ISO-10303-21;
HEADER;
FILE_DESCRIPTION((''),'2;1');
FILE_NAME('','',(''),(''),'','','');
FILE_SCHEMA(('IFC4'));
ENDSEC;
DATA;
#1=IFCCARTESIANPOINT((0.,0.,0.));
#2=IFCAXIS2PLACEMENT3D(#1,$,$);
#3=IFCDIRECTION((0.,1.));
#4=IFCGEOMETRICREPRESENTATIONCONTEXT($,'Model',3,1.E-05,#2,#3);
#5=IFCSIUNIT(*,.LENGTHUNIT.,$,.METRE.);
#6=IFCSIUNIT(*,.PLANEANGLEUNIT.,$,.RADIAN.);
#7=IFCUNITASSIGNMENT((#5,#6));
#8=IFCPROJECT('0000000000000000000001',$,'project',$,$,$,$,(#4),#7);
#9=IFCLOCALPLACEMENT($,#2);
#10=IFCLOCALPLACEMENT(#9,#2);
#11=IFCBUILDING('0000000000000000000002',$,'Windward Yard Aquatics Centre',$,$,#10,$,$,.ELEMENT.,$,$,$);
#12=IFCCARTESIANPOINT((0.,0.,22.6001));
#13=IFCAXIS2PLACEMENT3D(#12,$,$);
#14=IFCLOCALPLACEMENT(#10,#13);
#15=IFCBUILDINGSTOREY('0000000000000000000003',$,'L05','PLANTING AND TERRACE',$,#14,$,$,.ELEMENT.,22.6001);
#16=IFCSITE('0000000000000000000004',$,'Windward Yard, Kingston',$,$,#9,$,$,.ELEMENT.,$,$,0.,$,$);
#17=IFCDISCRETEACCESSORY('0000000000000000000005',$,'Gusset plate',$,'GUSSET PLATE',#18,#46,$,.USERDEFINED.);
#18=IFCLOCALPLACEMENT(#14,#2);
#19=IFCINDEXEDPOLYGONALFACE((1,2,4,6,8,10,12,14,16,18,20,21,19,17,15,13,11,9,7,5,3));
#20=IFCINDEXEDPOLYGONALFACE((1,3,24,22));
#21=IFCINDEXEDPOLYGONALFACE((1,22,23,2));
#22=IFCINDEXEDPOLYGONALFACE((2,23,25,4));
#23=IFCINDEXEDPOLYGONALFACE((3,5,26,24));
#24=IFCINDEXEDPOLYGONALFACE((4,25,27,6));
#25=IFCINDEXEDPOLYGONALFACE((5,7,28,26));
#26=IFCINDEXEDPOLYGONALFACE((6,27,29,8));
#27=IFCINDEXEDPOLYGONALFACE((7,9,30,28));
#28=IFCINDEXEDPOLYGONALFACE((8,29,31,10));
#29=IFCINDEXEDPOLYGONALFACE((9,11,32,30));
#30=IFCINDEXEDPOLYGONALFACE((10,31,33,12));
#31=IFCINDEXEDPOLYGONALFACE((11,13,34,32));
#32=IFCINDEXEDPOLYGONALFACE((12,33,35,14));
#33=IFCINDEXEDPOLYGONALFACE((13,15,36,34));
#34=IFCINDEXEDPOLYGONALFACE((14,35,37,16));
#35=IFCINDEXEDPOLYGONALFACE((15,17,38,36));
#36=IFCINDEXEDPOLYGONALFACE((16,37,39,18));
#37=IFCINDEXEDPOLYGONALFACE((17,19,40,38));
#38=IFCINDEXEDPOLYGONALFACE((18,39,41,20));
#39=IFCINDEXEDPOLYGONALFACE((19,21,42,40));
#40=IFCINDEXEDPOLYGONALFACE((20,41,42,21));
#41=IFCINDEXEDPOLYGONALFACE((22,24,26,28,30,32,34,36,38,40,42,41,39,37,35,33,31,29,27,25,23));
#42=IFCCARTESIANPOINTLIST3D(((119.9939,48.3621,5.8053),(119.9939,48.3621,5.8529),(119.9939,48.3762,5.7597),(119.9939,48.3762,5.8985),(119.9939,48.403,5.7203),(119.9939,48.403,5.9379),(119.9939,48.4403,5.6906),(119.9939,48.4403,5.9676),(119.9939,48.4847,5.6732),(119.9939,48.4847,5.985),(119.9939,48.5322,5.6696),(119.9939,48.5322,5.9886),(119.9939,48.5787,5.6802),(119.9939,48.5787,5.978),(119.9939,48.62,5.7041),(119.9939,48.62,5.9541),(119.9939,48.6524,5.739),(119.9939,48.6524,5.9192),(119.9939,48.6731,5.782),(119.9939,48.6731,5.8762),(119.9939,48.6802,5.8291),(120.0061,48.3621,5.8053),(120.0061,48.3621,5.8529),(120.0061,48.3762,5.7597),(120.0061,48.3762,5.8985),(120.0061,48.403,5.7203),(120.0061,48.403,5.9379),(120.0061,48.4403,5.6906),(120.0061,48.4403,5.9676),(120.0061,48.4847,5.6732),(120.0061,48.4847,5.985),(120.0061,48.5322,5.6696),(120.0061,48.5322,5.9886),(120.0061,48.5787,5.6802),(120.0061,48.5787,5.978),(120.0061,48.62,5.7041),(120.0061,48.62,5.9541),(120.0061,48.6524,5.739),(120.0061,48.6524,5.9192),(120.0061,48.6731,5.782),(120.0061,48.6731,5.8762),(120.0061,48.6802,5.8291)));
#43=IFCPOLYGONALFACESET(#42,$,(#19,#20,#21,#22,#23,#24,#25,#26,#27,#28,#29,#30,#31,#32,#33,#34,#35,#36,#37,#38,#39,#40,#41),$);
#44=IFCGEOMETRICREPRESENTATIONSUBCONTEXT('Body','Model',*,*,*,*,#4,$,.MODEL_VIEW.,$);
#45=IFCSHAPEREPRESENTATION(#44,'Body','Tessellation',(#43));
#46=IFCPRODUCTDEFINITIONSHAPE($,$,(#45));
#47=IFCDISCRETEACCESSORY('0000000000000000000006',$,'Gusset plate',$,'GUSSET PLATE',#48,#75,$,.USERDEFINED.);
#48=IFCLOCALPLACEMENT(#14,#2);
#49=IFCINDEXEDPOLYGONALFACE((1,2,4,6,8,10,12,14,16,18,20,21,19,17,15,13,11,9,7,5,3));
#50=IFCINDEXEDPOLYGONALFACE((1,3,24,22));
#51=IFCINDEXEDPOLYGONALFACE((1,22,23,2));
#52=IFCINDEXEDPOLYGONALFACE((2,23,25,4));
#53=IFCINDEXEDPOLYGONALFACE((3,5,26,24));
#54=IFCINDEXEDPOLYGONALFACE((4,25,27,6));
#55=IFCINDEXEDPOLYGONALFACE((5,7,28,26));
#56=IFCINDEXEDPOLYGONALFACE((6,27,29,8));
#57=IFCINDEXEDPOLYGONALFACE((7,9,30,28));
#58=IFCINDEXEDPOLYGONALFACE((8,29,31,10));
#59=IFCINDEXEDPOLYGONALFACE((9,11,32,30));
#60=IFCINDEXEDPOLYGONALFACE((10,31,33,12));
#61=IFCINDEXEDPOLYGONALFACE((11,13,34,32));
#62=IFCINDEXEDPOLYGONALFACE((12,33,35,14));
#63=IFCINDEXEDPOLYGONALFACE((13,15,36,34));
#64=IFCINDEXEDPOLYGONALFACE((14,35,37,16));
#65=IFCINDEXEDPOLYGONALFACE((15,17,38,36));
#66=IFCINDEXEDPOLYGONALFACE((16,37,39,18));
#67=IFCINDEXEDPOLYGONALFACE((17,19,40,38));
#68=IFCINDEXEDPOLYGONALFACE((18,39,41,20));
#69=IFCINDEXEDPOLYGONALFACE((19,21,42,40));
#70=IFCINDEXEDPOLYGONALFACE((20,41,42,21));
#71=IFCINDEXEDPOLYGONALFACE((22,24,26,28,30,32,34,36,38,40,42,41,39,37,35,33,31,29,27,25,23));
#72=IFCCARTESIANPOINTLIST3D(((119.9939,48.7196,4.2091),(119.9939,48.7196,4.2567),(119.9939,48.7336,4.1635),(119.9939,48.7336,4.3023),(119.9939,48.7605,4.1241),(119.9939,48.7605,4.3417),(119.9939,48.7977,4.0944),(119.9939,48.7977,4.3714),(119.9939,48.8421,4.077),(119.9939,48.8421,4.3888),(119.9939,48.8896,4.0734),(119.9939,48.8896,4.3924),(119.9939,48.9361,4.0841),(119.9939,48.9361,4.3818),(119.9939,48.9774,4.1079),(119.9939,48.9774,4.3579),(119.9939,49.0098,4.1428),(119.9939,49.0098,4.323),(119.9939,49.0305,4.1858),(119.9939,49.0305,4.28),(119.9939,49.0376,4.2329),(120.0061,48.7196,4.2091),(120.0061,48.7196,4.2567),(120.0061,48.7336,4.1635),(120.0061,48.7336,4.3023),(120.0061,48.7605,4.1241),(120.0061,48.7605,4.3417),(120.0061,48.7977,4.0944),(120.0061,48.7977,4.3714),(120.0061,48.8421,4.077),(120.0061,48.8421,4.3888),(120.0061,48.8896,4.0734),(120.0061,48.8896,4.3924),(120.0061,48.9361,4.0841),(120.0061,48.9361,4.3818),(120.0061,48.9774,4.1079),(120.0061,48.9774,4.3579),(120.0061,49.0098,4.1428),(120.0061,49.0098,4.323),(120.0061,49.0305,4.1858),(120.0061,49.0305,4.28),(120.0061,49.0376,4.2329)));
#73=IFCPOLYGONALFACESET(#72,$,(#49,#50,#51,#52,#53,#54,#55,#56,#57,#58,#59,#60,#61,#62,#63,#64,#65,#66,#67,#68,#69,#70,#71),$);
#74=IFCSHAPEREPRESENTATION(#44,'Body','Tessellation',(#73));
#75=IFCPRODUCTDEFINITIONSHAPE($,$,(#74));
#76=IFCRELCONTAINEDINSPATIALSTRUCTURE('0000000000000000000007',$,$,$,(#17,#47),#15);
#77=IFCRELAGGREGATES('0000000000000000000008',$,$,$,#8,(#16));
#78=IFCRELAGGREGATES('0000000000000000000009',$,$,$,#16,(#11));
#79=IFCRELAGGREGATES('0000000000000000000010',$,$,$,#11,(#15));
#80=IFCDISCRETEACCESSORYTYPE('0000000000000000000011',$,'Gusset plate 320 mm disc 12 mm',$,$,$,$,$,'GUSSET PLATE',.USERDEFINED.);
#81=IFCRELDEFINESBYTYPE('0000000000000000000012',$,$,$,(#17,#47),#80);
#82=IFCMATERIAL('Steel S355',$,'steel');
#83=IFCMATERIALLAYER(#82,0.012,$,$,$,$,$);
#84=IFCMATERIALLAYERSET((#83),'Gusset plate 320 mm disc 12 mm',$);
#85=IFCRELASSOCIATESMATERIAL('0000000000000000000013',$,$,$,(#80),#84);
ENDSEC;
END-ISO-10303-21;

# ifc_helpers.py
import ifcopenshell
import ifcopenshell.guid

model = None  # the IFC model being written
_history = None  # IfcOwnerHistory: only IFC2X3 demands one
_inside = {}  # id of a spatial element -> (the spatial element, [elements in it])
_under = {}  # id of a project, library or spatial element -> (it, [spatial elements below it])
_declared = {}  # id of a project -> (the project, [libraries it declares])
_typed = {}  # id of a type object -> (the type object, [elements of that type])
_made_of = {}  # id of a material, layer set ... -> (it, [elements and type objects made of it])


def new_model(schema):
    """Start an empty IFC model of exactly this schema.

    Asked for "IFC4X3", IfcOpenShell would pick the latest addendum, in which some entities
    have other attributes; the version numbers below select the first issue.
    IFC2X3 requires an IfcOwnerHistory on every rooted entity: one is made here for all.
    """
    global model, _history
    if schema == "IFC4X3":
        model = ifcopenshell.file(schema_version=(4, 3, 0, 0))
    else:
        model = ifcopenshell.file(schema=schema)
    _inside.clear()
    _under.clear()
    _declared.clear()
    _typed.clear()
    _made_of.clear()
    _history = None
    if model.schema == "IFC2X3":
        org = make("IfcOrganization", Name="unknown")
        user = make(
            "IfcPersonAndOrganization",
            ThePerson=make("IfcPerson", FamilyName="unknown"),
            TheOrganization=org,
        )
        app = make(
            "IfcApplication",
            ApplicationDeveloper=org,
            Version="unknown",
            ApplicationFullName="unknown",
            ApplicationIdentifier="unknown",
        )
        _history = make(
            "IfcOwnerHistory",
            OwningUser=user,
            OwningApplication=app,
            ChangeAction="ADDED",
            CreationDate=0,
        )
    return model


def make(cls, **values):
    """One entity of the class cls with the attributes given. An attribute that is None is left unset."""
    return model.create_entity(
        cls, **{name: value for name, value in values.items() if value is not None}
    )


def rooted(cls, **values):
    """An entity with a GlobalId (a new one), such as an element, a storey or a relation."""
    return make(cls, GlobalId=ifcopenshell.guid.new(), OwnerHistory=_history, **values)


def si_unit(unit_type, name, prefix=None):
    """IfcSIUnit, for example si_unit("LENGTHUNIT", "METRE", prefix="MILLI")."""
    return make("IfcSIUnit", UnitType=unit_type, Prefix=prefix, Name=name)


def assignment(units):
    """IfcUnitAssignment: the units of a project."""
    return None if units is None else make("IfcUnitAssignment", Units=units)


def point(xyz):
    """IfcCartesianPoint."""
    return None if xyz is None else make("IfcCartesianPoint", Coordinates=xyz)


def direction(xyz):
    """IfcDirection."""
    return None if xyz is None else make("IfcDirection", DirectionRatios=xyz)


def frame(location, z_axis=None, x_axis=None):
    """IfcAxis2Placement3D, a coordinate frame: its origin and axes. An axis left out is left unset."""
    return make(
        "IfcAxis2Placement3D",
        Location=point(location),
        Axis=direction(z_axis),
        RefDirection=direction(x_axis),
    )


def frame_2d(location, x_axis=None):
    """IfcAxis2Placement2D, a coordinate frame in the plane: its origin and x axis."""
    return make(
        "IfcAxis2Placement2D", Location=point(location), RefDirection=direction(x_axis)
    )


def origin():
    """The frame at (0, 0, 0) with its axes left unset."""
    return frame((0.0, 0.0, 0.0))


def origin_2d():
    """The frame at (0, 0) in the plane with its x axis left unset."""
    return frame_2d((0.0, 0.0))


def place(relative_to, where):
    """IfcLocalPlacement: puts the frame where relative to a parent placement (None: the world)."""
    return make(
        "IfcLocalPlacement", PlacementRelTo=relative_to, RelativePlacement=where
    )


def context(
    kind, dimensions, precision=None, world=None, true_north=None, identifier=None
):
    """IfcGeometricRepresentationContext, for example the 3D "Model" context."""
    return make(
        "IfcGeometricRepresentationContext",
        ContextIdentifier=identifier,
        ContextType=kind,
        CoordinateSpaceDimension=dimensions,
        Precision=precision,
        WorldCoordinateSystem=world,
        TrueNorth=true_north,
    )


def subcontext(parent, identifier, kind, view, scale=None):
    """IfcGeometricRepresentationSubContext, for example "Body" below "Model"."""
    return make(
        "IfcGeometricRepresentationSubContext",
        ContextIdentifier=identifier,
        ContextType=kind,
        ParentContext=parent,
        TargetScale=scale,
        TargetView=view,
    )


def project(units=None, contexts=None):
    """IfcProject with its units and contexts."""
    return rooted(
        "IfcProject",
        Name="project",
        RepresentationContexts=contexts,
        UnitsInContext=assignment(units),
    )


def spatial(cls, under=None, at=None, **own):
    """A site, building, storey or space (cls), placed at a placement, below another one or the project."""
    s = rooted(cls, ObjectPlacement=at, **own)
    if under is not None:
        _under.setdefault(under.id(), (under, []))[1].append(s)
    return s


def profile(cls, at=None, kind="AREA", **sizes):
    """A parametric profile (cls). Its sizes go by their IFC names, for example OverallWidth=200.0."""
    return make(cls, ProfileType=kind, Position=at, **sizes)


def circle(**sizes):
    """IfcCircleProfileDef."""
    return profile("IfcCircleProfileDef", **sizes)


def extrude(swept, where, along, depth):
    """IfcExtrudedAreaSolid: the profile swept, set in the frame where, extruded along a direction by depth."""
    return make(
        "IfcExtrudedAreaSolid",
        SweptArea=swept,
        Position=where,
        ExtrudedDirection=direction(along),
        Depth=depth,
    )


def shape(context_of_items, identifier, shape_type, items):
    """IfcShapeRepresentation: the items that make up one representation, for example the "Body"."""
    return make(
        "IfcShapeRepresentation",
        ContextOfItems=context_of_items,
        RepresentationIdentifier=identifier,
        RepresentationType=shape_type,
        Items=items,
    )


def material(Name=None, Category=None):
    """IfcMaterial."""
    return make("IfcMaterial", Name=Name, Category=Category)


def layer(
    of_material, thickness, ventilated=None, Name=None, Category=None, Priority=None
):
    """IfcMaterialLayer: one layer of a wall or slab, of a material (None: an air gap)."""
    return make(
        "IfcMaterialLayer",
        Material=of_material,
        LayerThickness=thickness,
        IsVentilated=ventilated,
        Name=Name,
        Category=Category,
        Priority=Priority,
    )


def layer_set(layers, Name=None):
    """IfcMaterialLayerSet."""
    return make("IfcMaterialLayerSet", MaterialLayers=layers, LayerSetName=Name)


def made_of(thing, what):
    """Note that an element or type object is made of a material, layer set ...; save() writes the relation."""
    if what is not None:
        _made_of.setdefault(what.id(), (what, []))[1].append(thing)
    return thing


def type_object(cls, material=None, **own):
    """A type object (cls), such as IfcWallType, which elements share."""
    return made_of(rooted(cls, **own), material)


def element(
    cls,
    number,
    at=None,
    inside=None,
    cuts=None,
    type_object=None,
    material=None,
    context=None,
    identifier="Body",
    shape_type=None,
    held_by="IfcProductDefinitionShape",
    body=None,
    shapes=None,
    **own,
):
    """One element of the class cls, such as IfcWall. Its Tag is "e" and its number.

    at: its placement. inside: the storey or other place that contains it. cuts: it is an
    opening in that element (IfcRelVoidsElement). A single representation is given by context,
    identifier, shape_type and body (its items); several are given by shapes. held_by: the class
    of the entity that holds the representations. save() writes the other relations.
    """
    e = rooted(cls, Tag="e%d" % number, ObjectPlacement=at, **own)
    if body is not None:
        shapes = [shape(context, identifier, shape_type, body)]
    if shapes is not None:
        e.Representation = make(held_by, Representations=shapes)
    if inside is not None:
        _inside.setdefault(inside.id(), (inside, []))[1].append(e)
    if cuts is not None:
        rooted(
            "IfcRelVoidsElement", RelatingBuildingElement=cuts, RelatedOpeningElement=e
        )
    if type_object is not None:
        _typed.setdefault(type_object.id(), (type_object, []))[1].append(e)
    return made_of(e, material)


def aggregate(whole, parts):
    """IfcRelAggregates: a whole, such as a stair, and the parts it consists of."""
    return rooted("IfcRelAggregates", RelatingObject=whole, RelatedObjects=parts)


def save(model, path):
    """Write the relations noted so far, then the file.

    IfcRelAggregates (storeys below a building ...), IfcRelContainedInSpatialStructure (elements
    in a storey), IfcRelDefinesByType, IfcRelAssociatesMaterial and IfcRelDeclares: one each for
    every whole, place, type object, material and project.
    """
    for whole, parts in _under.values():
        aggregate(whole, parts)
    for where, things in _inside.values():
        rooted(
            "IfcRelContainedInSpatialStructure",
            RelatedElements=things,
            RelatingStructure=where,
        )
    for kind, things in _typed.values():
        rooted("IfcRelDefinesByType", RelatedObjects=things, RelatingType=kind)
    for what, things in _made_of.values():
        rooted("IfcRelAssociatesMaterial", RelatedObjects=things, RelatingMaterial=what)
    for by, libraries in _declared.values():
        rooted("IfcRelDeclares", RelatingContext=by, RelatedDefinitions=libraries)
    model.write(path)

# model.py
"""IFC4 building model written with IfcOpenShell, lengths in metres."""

from ifc_helpers import new_model, si_unit, direction, frame, origin, origin_2d, place, context, subcontext, project, spatial, circle, extrude, material, layer, layer_set, type_object, element, save


model = new_model("IFC4")

# Units and contexts
model_context = context("Model", 3, precision=1e-05, world=origin(), true_north=direction((0.0, 1.0)))
body_context = subcontext(model_context, "Body", "Model", "MODEL_VIEW")
ifc_project = project(units=[si_unit("LENGTHUNIT", "METRE"), si_unit("PLANEANGLEUNIT", "RADIAN")], contexts=[model_context])

# Site, building, storey
site_placement = place(None, origin())
site = spatial("IfcSite", under=ifc_project, at=site_placement, Name="Windward Yard, Kingston", CompositionType="ELEMENT", RefElevation=0.0)
building_placement = place(site_placement, origin())
building = spatial("IfcBuilding", under=site, at=building_placement, Name="Windward Yard Aquatics Centre", CompositionType="ELEMENT")
storey_placement = place(building_placement, frame((0.0, 0.0, 22.6001)))
storey = spatial("IfcBuildingStorey", under=building, at=storey_placement, Name="L05", Description="PLANTING AND TERRACE", CompositionType="ELEMENT", Elevation=22.6001)

# Discrete accessories
ifc_material_1 = material(Name="Steel S355", Category="steel")
ifc_layer_1 = layer(ifc_material_1, 0.012)
ifc_layer_set_1 = layer_set([ifc_layer_1], Name="Gusset plate 320 mm disc 12 mm")
discrete_accessory_type_1 = type_object("IfcDiscreteAccessoryType", Name="Gusset plate 320 mm disc 12 mm", ElementType="GUSSET PLATE", PredefinedType="USERDEFINED", material=ifc_layer_set_1)
for number, where, z_axis, x_axis, name in (
    (1, (119.9939, 48.5203, 5.8291), (1.0, 0.0, 0.0), (0.0, 1.0, 0.0), "Gusset plate"),
    (2, (119.9939, 48.8777, 4.2329), (1.0, 0.0, 0.0), (0.0, 1.0, 0.0), "Gusset plate"),
):
    element("IfcDiscreteAccessory", number, at=place(storey_placement, frame(where, z_axis=z_axis, x_axis=x_axis)), inside=storey, type_object=discrete_accessory_type_1, Name=name, ObjectType="GUSSET PLATE", PredefinedType="USERDEFINED", context=body_context, shape_type="SweptSolid", body=[
        extrude(circle(Radius=0.1599, at=origin_2d()), origin(), (0.0, 0.0, 1.0), 0.0122),
    ])

save(model, "model.ifc")
